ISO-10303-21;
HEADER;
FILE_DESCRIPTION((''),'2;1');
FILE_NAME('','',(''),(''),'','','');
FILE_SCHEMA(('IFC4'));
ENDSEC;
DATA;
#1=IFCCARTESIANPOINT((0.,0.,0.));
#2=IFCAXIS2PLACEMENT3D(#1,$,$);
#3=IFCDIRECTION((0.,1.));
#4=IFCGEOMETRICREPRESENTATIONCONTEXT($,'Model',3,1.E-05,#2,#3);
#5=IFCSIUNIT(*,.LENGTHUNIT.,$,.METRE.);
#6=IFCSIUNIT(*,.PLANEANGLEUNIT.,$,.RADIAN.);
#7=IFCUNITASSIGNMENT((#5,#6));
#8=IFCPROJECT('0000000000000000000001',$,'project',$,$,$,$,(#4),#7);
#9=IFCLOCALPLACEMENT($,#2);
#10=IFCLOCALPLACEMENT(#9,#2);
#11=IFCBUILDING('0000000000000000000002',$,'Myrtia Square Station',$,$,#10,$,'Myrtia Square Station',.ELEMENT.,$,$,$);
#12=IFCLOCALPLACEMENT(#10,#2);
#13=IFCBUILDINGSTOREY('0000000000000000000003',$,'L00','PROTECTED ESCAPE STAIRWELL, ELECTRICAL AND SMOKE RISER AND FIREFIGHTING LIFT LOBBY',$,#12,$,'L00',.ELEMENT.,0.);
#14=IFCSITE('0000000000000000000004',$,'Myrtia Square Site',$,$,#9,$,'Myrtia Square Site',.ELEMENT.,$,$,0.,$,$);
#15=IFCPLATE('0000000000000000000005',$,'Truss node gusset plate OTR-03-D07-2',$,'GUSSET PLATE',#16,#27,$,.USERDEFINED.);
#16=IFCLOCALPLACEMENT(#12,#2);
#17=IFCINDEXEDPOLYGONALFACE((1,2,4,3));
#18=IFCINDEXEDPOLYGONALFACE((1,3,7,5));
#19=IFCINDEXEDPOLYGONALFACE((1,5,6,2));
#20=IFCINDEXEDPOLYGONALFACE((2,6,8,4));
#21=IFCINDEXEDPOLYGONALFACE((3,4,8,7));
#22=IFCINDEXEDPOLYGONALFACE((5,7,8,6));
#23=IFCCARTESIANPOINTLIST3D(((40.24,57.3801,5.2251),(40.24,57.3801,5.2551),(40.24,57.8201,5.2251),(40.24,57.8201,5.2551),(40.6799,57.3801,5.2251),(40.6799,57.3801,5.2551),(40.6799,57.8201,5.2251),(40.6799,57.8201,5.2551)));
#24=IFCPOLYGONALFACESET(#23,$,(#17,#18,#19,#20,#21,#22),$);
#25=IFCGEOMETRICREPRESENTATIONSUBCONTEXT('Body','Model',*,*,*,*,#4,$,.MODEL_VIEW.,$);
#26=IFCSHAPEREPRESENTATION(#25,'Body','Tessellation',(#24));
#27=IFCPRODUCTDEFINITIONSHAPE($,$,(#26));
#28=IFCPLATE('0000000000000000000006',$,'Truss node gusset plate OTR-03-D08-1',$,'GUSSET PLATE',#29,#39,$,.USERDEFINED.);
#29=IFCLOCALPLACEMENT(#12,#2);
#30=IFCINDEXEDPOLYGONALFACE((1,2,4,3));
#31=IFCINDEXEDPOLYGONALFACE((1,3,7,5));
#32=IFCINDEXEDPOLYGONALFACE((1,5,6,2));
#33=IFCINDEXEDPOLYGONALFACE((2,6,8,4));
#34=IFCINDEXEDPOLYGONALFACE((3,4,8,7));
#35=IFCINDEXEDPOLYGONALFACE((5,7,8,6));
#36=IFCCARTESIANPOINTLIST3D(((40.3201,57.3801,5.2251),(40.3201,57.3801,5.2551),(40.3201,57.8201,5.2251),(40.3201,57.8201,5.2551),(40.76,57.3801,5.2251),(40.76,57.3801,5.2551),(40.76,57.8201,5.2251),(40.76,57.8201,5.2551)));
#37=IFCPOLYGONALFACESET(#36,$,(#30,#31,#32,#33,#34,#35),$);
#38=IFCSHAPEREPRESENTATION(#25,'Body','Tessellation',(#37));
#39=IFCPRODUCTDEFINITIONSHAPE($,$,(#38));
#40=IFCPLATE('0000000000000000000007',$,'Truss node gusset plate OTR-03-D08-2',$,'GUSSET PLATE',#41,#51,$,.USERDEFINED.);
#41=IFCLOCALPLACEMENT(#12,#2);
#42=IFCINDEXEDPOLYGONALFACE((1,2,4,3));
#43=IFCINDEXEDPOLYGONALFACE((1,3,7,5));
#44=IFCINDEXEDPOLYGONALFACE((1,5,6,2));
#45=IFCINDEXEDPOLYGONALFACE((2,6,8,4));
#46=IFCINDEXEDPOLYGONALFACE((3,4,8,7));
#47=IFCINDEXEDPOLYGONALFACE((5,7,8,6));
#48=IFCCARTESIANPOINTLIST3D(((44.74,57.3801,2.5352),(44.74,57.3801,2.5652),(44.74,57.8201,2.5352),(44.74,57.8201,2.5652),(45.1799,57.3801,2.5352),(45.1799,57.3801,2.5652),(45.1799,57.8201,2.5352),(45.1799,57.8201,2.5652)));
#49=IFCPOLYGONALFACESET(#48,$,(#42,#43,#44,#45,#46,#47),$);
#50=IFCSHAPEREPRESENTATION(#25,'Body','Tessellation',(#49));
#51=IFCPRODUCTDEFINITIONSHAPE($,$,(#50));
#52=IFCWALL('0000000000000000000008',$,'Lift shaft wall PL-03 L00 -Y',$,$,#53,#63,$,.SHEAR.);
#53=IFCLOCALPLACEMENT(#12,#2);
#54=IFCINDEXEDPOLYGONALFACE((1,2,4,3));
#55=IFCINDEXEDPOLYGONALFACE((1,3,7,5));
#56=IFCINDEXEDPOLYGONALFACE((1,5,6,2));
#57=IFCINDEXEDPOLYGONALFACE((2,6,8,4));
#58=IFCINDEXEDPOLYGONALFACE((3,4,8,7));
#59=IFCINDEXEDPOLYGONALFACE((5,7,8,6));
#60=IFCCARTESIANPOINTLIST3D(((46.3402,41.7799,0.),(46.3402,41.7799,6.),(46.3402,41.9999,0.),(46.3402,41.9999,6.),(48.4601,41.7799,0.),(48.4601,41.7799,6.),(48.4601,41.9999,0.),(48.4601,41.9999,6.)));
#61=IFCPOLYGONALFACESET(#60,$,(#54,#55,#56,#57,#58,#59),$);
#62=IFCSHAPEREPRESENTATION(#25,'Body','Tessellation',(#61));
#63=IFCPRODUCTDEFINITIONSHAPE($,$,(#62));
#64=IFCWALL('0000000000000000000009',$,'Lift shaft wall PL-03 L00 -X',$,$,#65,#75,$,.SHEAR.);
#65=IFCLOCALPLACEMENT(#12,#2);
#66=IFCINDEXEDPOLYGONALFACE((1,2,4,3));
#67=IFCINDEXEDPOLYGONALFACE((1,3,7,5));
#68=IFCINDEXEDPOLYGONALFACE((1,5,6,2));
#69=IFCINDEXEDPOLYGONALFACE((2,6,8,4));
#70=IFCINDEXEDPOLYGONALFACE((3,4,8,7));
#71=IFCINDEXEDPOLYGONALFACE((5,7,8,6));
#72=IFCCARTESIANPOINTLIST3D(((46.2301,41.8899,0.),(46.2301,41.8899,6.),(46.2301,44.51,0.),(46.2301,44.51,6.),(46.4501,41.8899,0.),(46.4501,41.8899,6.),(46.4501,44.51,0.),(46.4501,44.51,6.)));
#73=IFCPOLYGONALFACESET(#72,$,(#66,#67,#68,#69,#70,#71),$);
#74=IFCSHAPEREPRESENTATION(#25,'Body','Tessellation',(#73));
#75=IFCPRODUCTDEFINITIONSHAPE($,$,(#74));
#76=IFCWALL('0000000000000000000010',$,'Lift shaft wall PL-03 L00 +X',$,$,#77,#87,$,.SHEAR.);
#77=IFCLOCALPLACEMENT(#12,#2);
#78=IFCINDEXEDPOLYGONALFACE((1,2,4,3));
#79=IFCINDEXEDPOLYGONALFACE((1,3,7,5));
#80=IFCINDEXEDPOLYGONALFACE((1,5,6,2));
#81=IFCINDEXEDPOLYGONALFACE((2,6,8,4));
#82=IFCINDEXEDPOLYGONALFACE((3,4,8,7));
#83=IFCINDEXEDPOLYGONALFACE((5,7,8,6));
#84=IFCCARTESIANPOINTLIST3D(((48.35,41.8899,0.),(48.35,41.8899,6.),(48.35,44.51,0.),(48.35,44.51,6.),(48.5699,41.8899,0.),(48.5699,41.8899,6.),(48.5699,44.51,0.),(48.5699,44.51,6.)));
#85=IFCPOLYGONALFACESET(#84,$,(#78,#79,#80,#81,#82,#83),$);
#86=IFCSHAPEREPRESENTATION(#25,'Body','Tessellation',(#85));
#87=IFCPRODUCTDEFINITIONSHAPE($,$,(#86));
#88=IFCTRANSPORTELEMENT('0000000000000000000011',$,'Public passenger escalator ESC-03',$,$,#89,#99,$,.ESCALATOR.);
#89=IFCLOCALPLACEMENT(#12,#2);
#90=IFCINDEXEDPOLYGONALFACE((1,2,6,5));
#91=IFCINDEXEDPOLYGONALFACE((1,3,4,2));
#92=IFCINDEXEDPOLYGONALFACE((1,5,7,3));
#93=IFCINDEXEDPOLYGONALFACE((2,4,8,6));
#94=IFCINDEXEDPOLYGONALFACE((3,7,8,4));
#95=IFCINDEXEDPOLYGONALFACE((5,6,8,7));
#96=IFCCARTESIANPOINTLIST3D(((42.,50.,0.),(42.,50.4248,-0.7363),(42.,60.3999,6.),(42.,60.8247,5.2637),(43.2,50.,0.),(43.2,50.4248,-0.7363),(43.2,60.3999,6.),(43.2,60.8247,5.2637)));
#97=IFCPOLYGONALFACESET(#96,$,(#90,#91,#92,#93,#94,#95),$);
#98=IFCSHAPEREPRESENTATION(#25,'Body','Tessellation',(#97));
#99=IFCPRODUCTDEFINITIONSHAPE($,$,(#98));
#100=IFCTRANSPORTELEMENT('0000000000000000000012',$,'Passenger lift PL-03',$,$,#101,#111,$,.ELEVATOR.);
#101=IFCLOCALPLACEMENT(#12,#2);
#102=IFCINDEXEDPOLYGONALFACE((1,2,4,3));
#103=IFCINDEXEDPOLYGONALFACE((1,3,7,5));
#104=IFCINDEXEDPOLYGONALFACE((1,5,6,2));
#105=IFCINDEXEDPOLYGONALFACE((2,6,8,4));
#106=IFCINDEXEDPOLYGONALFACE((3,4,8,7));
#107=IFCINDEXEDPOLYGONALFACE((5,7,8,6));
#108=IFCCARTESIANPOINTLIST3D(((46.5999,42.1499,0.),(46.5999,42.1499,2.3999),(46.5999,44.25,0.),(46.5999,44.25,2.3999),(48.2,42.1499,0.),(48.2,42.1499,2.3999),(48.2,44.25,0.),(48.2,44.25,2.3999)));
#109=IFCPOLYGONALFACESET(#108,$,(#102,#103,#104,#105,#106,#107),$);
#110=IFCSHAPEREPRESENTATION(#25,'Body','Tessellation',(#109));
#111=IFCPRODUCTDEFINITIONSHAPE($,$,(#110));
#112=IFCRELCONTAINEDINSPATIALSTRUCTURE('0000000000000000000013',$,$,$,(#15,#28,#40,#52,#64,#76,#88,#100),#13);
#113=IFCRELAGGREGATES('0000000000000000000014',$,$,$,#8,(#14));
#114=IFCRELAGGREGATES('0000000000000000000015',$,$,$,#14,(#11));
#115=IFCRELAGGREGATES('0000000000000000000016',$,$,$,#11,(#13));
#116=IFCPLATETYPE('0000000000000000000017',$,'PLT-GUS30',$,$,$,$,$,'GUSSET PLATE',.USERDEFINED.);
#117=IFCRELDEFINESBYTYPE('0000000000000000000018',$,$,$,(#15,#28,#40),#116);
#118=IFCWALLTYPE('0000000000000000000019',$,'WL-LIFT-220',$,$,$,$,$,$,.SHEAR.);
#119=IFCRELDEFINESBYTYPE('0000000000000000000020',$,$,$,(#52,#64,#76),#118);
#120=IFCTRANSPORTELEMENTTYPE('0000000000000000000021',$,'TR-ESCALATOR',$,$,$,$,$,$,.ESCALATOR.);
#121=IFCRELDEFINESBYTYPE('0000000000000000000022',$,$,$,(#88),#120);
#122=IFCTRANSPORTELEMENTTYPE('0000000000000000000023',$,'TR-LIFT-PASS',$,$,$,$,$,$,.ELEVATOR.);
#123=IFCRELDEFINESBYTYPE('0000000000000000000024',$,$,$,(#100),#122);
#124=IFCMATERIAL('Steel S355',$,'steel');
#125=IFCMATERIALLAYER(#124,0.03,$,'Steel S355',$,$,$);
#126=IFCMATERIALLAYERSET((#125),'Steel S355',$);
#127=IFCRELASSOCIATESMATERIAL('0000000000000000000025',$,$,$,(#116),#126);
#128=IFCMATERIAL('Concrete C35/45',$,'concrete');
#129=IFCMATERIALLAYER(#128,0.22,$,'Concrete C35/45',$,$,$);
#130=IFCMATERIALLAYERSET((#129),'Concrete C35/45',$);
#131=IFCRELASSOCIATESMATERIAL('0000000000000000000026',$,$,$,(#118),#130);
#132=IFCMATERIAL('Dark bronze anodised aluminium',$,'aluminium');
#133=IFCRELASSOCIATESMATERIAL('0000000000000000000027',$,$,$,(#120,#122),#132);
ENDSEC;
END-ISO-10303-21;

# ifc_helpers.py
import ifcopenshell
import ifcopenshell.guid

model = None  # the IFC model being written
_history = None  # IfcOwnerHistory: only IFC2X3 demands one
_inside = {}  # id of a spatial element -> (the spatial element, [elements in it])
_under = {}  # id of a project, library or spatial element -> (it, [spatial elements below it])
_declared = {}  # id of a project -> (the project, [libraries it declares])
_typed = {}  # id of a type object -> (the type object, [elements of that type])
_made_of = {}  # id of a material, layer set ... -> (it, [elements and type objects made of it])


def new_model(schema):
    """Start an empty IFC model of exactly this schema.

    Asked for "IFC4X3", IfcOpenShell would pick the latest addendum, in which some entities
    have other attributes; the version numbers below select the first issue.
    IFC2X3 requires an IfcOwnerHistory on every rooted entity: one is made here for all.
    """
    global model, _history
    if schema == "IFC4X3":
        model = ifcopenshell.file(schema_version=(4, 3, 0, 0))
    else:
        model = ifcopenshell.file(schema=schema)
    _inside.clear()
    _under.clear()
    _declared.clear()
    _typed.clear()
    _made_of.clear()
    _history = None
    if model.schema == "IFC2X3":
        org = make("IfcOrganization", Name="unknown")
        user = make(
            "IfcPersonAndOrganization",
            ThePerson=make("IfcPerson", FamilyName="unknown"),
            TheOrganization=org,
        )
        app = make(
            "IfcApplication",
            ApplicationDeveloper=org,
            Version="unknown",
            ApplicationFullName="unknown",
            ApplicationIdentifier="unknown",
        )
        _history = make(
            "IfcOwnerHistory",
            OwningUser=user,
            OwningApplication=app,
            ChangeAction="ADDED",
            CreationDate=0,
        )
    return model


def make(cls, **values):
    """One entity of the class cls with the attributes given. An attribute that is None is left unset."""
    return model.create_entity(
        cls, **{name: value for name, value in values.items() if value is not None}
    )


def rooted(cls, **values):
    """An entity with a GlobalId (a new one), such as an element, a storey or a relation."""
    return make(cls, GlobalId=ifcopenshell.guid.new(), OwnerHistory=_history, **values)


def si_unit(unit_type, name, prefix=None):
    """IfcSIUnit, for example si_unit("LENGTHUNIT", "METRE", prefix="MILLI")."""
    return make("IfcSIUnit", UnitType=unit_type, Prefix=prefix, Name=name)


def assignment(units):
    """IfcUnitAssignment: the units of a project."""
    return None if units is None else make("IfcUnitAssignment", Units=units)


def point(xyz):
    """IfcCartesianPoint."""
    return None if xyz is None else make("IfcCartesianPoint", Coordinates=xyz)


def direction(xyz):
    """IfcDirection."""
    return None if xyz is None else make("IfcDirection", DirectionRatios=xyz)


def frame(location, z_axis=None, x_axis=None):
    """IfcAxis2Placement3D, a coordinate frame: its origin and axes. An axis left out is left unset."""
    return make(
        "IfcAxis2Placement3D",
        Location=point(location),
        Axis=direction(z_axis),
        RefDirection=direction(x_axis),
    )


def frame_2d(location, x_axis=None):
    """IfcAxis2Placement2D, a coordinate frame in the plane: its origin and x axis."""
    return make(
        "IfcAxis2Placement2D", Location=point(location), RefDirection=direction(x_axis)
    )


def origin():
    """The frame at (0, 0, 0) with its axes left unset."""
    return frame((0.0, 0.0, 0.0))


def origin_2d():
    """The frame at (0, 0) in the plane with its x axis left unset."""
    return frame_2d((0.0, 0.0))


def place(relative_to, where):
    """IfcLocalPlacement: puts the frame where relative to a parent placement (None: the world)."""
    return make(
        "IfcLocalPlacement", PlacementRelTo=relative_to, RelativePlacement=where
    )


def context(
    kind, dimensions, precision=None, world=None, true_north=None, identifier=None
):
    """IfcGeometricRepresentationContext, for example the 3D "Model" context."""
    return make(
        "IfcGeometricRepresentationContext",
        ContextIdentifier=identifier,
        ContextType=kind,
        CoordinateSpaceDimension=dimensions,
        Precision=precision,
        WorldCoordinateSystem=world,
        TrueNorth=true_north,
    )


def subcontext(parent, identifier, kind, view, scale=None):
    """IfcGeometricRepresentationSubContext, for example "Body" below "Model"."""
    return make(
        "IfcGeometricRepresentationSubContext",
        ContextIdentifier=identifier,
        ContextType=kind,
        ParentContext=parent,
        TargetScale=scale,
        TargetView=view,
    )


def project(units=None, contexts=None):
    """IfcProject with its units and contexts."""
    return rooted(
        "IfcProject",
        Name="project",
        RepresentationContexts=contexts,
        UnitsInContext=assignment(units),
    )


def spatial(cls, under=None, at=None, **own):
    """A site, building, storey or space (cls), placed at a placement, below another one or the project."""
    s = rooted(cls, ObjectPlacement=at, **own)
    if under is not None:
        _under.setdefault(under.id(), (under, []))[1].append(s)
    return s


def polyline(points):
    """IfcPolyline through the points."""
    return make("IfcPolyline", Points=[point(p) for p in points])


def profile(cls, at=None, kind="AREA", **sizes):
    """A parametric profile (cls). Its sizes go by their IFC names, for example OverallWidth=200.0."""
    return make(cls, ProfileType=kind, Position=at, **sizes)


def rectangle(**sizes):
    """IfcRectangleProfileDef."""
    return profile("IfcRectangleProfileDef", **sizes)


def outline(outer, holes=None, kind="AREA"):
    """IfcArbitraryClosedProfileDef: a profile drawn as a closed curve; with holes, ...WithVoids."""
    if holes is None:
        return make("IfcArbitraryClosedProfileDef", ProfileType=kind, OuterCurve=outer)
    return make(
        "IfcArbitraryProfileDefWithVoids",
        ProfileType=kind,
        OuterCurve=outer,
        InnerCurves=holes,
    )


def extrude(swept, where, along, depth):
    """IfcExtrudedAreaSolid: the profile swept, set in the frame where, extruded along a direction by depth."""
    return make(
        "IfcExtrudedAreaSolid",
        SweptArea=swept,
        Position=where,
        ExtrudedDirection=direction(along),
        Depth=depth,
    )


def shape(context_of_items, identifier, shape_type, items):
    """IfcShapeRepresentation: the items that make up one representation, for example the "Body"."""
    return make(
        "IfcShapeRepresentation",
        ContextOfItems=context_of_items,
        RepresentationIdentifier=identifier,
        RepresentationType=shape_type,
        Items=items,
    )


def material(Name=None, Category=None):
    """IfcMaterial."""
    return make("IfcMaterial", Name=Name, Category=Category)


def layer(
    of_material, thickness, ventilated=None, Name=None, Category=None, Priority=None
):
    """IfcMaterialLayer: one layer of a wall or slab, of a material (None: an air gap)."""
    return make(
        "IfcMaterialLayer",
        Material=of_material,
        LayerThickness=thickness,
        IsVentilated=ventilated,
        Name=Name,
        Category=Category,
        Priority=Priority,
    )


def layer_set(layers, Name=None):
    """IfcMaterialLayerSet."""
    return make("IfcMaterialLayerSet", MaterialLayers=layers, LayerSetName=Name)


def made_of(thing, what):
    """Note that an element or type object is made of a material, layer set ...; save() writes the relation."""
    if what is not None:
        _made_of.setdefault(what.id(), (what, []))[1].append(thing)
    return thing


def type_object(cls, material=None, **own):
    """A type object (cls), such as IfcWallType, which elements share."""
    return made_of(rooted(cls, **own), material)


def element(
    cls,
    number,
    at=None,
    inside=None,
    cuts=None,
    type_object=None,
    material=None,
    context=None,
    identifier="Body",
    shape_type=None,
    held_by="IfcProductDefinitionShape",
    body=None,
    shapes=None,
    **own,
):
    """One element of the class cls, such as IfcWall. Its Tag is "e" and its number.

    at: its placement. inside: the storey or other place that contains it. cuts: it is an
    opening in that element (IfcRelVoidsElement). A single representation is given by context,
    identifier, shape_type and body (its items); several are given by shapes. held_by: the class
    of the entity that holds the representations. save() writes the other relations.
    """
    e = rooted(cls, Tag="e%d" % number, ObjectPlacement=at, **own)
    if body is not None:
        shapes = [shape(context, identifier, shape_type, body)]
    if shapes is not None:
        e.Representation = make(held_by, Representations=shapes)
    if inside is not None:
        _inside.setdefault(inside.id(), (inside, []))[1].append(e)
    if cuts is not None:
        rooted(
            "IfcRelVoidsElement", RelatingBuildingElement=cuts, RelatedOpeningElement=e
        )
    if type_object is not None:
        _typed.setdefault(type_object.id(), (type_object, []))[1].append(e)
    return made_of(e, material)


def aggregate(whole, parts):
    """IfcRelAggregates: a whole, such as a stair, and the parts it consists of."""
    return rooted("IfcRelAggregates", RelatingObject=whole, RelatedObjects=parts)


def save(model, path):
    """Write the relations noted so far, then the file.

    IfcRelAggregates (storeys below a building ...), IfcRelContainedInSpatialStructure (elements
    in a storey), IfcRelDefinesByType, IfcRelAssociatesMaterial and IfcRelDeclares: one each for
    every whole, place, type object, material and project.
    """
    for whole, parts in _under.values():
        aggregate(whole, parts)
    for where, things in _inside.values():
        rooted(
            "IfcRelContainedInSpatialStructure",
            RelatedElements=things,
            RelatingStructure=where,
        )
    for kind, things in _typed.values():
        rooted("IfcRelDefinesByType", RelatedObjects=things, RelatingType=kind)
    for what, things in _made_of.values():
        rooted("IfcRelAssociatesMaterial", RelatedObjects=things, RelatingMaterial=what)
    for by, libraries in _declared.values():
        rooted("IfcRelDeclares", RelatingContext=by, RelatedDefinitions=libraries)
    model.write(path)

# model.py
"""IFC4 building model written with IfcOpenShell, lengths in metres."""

from ifc_helpers import new_model, si_unit, direction, frame, frame_2d, origin, origin_2d, place, context, subcontext, project, spatial, polyline, rectangle, outline, extrude, material, layer, layer_set, type_object, element, save


model = new_model("IFC4")

# Units and contexts
model_context = context("Model", 3, precision=1e-05, world=origin(), true_north=direction((0.0, 1.0)))
body_context = subcontext(model_context, "Body", "Model", "MODEL_VIEW")
ifc_project = project(units=[si_unit("LENGTHUNIT", "METRE"), si_unit("PLANEANGLEUNIT", "RADIAN")], contexts=[model_context])

# Site, building, storey
site_placement = place(None, origin())
site = spatial("IfcSite", under=ifc_project, at=site_placement, Name="Myrtia Square Site", LongName="Myrtia Square Site", CompositionType="ELEMENT", RefElevation=0.0)
building_placement = place(site_placement, origin())
building = spatial("IfcBuilding", under=site, at=building_placement, Name="Myrtia Square Station", LongName="Myrtia Square Station", CompositionType="ELEMENT")
storey_placement = place(building_placement, origin())
storey = spatial("IfcBuildingStorey", under=building, at=storey_placement, Name="L00", Description="PROTECTED ESCAPE STAIRWELL, ELECTRICAL AND SMOKE RISER AND FIREFIGHTING LIFT LOBBY", LongName="L00", CompositionType="ELEMENT", Elevation=0.0)

# Shared definitions
ifc_material_1 = material(Name="Steel S355", Category="steel")

# Plates
ifc_layer_1 = layer(ifc_material_1, 0.03, Name="Steel S355")
ifc_layer_set_1 = layer_set([ifc_layer_1], Name="Steel S355")
plate_type = type_object("IfcPlateType", Name="PLT-GUS30", ElementType="GUSSET PLATE", PredefinedType="USERDEFINED", material=ifc_layer_set_1)
for number, where, z_axis, x_axis, name in (
    (1, (40.46, 57.6001, 5.2251), (0.0, 0.0, 1.0), (1.0, 0.0, 0.0), "Truss node gusset plate OTR-03-D07-2"),
    (2, (40.54, 57.6001, 5.2251), (0.0, 0.0, 1.0), (1.0, 0.0, 0.0), "Truss node gusset plate OTR-03-D08-1"),
    (3, (44.96, 57.6001, 2.5352), (0.0, 0.0, 1.0), (1.0, 0.0, 0.0), "Truss node gusset plate OTR-03-D08-2"),
):
    element("IfcPlate", number, at=place(storey_placement, frame(where, z_axis=z_axis, x_axis=x_axis)), inside=storey, type_object=plate_type, Name=name, ObjectType="GUSSET PLATE", PredefinedType="USERDEFINED", context=body_context, shape_type="SweptSolid", body=[
        extrude(rectangle(XDim=0.4399, YDim=0.4399, at=origin_2d()), origin(), (0.0, 0.0, 1.0), 0.03),
    ])

# Wall
ifc_material_2 = material(Name="Concrete C35/45", Category="concrete")
ifc_layer_2 = layer(ifc_material_2, 0.22, Name="Concrete C35/45")
ifc_layer_set_2 = layer_set([ifc_layer_2], Name="Concrete C35/45")
wall_type = type_object("IfcWallType", Name="WL-LIFT-220", PredefinedType="SHEAR", material=ifc_layer_set_2)
wall_1_placement = place(storey_placement, frame((46.3401, 41.8899, 0.0), z_axis=(0.0, 0.0, 1.0), x_axis=(1.0, 0.0, 0.0)))
element("IfcWall", 4, at=wall_1_placement, inside=storey, type_object=wall_type, Name="Lift shaft wall PL-03 L00 -Y", PredefinedType="SHEAR", context=body_context, shape_type="SweptSolid", body=[
    extrude(rectangle(XDim=2.1199, YDim=0.22, at=frame_2d((1.0601, 0.0))), origin(), (0.0, 0.0, 1.0), 6.0),
])

# Shared definitions
ifc_material_3 = material(Name="Dark bronze anodised aluminium", Category="aluminium")

# Walls
for number, where, z_axis, x_axis, name in (
    (5, (46.3401, 41.8899, 0.0), (0.0, 0.0, 1.0), (0.0, 1.0, 0.0), "Lift shaft wall PL-03 L00 -X"),
    (6, (48.46, 41.8899, 0.0), (0.0, 0.0, 1.0), (0.0, 1.0, 0.0), "Lift shaft wall PL-03 L00 +X"),
):
    element("IfcWall", number, at=place(storey_placement, frame(where, z_axis=z_axis, x_axis=x_axis)), inside=storey, type_object=wall_type, Name=name, PredefinedType="SHEAR", context=body_context, shape_type="SweptSolid", body=[
        extrude(rectangle(XDim=2.6201, YDim=0.22, at=frame_2d((1.3101, 0.0))), origin(), (0.0, 0.0, 1.0), 6.0),
    ])

# Transport elements
transport_element_type_1 = type_object("IfcTransportElementType", Name="TR-ESCALATOR", PredefinedType="ESCALATOR", material=ifc_material_3)
transport_element_1_placement = place(storey_placement, frame((42.0, 50.0, 0.0), z_axis=(0.0, -0.499726, 0.866184), x_axis=(0.0, 0.866184, 0.499726)))
element("IfcTransportElement", 7, at=transport_element_1_placement, inside=storey, type_object=transport_element_type_1, Name="Public passenger escalator ESC-03", PredefinedType="ESCALATOR", context=body_context, shape_type="SweptSolid", body=[
    extrude(outline(polyline([(0.0, 0.0), (12.0066, 0.0), (12.0066, -1.2), (0.0, -1.2), (0.0, 0.0)])), origin(), (0.0, 0.0, -1.0), 0.8501),
])
transport_element_type_2 = type_object("IfcTransportElementType", Name="TR-LIFT-PASS", PredefinedType="ELEVATOR", material=ifc_material_3)
transport_element_2_placement = place(storey_placement, frame((47.3999, 43.2, 0.0), z_axis=(0.0, 0.0, 1.0), x_axis=(1.0, 0.0, 0.0)))
element("IfcTransportElement", 8, at=transport_element_2_placement, inside=storey, type_object=transport_element_type_2, Name="Passenger lift PL-03", PredefinedType="ELEVATOR", context=body_context, shape_type="SweptSolid", body=[
    extrude(rectangle(XDim=1.6001, YDim=2.1001, at=origin_2d()), origin(), (0.0, 0.0, 1.0), 2.3999),
])

save(model, "model.ifc")
